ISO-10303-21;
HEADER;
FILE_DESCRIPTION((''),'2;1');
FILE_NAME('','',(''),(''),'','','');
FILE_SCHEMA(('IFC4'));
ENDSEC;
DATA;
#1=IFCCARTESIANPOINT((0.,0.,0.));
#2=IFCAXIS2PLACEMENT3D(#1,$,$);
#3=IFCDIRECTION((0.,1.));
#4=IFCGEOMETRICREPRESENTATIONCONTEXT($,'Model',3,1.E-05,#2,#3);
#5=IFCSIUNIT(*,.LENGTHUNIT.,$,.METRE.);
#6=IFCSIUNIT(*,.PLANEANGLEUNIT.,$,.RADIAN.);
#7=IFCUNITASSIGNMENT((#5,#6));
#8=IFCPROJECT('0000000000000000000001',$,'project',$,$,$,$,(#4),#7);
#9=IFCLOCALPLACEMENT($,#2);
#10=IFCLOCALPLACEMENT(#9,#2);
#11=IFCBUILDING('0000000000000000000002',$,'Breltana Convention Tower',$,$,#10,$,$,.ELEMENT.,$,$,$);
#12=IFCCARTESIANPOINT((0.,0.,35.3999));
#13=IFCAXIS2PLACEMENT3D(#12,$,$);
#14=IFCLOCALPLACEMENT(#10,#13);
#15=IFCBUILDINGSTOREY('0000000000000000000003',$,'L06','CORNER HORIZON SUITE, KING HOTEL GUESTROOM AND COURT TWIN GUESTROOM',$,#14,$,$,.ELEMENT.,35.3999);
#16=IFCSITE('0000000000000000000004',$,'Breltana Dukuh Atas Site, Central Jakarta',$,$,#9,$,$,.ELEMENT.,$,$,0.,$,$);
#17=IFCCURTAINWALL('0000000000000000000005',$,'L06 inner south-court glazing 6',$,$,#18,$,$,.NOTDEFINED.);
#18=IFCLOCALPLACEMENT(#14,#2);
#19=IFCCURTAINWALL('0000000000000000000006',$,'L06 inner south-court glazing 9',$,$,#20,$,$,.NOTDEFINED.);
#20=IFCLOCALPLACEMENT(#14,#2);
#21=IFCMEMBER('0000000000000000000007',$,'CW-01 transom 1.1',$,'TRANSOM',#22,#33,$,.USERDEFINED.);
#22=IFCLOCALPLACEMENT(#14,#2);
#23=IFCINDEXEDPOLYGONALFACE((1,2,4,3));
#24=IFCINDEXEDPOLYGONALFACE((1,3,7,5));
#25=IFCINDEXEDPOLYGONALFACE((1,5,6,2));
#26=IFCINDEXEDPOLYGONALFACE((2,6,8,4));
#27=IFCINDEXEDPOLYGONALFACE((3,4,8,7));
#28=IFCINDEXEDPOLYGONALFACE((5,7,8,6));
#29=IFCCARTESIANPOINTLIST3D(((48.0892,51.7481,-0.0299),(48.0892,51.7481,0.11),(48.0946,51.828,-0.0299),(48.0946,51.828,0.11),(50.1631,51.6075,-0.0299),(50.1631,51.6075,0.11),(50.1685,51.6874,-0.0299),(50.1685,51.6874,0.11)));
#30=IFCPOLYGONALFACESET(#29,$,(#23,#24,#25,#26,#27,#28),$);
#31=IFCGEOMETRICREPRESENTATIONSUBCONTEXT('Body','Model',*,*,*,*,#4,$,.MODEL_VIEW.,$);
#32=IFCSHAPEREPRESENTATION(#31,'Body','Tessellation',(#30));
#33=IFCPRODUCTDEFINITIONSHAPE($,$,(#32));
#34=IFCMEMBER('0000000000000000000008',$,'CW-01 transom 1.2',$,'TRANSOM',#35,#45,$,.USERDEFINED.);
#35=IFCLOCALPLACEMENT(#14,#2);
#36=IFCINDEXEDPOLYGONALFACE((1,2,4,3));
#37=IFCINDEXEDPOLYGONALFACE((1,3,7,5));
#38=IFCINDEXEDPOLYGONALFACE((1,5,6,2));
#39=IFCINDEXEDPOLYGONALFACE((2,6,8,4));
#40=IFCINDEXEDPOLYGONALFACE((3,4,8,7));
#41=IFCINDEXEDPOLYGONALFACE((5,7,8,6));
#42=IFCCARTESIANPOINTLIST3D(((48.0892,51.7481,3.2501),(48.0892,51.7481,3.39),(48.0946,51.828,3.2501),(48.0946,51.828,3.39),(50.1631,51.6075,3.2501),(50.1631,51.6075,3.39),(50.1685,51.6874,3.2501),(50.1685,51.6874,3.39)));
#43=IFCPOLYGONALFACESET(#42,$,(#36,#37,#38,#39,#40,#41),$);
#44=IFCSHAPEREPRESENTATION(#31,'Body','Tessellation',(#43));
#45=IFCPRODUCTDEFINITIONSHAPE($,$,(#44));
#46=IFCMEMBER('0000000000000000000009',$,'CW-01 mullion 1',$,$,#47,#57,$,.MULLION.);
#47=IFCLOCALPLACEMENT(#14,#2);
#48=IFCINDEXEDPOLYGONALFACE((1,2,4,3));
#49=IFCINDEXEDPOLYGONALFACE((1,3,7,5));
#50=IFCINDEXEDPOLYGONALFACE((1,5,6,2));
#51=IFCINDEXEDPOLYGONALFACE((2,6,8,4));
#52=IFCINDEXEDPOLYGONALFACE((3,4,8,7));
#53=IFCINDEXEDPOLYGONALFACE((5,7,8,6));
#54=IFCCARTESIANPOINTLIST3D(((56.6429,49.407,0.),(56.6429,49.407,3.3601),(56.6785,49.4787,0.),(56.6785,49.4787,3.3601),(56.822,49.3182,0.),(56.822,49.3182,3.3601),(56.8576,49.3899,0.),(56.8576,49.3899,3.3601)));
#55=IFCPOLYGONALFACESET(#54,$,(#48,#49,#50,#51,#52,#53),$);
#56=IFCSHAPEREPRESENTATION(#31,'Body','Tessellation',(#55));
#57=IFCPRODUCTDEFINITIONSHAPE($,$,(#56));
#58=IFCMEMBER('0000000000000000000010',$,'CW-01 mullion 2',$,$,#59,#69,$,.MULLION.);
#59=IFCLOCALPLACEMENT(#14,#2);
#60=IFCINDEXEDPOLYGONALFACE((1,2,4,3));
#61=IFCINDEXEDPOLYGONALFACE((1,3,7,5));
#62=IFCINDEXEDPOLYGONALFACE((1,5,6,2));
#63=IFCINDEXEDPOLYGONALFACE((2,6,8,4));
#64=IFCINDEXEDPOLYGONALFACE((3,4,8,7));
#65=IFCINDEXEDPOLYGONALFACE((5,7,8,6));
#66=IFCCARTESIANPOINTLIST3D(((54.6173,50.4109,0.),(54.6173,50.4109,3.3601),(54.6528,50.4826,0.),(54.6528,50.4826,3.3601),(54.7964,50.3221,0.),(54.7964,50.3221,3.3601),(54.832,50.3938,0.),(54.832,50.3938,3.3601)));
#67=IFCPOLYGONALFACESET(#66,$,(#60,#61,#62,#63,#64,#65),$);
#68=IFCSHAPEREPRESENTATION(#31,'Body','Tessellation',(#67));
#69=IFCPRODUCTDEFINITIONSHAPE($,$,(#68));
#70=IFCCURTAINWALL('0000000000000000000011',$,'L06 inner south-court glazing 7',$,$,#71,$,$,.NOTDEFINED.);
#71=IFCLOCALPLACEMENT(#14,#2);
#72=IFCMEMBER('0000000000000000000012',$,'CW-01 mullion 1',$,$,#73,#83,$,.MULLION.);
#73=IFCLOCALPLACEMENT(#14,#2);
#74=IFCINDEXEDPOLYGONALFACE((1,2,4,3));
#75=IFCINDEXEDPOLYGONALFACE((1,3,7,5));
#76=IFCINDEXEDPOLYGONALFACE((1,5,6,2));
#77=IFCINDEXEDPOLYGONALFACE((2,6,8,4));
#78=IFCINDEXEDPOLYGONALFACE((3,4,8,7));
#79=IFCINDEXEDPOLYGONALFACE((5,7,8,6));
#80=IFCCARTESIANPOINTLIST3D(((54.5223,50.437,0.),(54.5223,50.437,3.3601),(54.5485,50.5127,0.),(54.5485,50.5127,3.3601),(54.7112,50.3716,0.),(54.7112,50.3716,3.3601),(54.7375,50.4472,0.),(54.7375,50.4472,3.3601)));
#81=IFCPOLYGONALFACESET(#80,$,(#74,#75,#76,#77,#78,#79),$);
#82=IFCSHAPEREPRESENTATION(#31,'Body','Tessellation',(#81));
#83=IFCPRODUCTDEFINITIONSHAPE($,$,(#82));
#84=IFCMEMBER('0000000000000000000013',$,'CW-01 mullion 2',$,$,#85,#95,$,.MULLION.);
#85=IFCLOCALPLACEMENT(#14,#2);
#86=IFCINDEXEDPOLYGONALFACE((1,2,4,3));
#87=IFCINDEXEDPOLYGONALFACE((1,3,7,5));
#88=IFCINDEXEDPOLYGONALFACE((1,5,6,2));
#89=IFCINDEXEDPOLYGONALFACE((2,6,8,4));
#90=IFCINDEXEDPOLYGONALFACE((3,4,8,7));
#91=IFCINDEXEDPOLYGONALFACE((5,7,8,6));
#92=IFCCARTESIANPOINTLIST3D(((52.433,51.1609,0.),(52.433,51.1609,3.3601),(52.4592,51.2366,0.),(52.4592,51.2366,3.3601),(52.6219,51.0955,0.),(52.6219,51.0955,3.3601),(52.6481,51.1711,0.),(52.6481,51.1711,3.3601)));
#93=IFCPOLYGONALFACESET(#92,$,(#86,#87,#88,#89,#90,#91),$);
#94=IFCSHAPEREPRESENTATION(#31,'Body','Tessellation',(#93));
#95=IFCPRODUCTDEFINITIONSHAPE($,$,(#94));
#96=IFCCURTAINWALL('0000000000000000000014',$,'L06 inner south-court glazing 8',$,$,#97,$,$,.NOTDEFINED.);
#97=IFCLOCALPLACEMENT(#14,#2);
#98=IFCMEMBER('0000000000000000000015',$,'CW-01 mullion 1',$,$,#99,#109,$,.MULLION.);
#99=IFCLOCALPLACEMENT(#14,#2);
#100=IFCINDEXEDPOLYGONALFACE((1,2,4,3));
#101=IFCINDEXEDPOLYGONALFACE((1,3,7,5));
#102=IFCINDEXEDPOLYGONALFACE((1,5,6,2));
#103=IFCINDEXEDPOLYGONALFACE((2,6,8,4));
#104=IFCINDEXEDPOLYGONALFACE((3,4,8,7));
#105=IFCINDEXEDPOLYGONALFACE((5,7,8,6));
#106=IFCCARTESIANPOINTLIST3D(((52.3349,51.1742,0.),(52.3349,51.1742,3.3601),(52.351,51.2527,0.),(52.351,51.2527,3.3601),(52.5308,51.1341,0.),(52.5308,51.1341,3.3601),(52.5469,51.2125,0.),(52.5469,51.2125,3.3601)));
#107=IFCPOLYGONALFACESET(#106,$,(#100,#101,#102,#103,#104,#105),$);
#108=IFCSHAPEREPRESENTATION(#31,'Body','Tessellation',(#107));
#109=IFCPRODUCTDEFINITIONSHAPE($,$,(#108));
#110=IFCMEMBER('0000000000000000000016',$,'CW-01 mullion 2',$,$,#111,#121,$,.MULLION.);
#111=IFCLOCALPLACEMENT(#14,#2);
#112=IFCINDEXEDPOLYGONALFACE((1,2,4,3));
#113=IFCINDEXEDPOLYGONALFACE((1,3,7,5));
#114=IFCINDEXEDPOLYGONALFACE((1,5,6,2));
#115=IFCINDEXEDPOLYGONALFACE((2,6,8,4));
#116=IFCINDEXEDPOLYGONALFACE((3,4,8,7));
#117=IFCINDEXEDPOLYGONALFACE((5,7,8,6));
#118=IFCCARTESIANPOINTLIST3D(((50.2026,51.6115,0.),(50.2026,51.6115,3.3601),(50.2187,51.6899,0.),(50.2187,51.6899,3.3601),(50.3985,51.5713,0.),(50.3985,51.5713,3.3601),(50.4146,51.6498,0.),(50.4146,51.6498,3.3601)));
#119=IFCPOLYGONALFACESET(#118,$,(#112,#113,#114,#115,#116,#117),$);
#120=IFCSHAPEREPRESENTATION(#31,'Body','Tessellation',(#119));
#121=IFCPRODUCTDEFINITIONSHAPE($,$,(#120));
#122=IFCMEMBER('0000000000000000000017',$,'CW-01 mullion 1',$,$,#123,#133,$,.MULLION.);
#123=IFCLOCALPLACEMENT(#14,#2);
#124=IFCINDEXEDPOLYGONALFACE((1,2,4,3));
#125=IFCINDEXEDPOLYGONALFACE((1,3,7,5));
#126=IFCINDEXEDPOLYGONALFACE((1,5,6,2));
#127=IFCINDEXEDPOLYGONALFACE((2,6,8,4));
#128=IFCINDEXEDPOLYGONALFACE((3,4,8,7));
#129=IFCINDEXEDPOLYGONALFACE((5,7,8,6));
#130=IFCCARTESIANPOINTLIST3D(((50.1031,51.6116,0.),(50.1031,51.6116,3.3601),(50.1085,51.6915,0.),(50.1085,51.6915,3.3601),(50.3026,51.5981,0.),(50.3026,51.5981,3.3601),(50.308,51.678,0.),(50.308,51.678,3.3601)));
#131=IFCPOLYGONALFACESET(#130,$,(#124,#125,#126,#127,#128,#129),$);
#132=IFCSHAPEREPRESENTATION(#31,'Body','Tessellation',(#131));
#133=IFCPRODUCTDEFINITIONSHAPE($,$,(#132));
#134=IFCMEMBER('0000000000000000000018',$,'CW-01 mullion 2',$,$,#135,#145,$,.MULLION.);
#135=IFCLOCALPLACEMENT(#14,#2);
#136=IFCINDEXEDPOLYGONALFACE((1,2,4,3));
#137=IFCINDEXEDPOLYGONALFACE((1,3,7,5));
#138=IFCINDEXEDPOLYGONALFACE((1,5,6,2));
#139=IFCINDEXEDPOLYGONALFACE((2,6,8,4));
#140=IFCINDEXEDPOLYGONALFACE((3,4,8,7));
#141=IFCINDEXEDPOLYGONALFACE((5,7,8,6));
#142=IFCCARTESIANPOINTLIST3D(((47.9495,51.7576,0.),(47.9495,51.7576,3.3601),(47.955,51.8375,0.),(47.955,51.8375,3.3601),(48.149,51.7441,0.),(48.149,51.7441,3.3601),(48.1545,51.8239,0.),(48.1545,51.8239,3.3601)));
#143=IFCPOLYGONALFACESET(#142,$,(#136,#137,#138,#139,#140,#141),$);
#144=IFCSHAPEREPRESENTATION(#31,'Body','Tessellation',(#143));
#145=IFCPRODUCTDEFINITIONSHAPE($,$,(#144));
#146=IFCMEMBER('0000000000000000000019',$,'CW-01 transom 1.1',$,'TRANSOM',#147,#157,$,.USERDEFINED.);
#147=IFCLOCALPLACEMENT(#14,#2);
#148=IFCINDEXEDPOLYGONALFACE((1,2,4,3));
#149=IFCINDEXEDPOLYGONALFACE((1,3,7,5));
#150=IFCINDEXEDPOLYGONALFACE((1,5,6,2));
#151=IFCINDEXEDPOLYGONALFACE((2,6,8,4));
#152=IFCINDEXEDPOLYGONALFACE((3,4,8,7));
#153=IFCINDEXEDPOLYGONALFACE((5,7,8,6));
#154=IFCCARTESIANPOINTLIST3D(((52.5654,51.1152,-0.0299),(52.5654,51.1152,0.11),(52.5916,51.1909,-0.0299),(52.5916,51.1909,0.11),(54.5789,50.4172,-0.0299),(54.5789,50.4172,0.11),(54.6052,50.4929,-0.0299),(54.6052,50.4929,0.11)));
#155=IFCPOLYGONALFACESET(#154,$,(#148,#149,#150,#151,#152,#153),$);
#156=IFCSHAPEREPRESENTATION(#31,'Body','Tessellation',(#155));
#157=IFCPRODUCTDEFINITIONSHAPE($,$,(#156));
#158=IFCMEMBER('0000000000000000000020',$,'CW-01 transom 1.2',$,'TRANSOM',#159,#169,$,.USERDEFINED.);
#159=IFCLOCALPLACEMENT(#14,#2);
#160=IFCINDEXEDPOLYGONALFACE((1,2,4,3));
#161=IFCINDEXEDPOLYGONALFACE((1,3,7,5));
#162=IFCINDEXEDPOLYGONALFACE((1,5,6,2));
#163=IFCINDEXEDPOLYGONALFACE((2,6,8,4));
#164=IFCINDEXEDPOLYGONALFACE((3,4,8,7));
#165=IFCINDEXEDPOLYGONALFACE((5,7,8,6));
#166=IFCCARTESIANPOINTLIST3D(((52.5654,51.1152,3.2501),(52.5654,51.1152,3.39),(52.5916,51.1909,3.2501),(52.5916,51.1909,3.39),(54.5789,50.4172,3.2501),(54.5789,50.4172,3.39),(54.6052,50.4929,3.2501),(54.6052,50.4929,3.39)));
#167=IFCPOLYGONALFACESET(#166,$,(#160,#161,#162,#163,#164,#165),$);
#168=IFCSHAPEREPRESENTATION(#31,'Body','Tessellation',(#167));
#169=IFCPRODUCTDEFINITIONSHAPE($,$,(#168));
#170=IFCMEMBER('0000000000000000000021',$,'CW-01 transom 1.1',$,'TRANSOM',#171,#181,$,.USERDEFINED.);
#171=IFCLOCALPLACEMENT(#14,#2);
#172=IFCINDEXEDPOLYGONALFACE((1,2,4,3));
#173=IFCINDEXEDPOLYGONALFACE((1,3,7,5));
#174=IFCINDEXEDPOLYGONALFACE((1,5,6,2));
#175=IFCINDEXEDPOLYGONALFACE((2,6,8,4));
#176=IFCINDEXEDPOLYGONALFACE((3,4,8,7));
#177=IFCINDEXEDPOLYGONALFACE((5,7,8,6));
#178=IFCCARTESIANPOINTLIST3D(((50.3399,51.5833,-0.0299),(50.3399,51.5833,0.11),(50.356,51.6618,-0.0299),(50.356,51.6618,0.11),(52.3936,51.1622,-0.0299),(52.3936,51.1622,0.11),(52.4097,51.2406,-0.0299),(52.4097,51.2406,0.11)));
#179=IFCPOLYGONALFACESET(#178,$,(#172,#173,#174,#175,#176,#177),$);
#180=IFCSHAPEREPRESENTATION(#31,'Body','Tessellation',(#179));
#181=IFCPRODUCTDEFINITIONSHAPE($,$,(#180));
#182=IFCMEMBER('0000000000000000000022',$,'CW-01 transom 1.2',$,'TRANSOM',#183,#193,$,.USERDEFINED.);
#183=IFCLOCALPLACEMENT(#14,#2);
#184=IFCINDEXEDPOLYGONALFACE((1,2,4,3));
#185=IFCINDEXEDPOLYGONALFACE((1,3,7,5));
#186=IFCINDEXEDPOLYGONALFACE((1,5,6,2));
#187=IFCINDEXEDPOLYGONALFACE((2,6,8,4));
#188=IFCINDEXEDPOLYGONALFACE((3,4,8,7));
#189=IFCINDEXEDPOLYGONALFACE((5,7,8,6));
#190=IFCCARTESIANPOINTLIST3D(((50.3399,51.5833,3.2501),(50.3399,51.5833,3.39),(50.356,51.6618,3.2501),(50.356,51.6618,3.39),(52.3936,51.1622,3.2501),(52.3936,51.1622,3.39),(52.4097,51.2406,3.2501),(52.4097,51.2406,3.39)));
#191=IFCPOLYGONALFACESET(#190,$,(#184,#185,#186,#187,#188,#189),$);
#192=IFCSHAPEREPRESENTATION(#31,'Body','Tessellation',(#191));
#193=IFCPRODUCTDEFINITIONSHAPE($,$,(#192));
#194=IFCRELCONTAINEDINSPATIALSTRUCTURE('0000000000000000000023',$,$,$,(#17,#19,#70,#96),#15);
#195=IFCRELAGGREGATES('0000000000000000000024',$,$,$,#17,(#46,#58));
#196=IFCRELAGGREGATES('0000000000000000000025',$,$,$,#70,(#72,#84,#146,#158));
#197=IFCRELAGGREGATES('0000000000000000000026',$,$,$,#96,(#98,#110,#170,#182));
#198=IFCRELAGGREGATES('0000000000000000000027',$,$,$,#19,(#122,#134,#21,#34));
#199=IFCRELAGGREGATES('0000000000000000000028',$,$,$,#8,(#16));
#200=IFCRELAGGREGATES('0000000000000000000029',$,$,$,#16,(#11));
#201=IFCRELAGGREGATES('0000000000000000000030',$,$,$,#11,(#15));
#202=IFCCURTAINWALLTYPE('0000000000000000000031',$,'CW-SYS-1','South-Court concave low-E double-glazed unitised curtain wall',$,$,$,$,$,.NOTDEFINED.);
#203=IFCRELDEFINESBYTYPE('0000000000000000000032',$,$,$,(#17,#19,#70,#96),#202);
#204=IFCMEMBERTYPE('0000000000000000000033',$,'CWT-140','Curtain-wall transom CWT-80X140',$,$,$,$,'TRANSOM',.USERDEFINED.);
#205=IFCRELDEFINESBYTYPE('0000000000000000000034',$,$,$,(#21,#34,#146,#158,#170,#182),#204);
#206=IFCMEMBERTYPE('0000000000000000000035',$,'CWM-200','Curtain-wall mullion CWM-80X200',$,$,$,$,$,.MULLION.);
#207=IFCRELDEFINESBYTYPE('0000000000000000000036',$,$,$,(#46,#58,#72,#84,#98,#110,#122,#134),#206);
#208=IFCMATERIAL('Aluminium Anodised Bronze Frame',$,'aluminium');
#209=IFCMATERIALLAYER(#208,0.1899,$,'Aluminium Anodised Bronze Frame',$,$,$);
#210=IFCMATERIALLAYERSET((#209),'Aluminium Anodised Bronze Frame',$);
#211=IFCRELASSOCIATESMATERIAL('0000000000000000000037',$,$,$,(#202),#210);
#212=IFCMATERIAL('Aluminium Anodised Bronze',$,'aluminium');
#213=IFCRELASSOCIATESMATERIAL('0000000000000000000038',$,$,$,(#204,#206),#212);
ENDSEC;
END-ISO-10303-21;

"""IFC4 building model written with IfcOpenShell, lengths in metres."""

from ifc_helpers import new_model, si_unit, direction, frame, origin, origin_2d, place, context, subcontext, project, spatial, rectangle, extrude, source, transform, mapped, material, layer, layer_set, material_profile, profile_set, type_object, element, aggregate, save


model = new_model("IFC4")

# Units and contexts
model_context = context("Model", 3, precision=1e-05, world=origin(), true_north=direction((0.0, 1.0)))
body_context = subcontext(model_context, "Body", "Model", "MODEL_VIEW")
ifc_project = project(units=[si_unit("LENGTHUNIT", "METRE"), si_unit("PLANEANGLEUNIT", "RADIAN")], contexts=[model_context])

# Site, building, storey
site_placement = place(None, origin())
site = spatial("IfcSite", under=ifc_project, at=site_placement, Name="Breltana Dukuh Atas Site, Central Jakarta", CompositionType="ELEMENT", RefElevation=0.0)
building_placement = place(site_placement, origin())
building = spatial("IfcBuilding", under=site, at=building_placement, Name="Breltana Convention Tower", CompositionType="ELEMENT")
storey_placement = place(building_placement, frame((0.0, 0.0, 35.3999)))
storey = spatial("IfcBuildingStorey", under=building, at=storey_placement, Name="L06", Description="CORNER HORIZON SUITE, KING HOTEL GUESTROOM AND COURT TWIN GUESTROOM", CompositionType="ELEMENT", Elevation=35.3999)

# Curtain walls, members
ifc_material_1 = material(Name="Aluminium Anodised Bronze Frame", Category="aluminium")
ifc_layer_1 = layer(ifc_material_1, 0.1899, Name="Aluminium Anodised Bronze Frame")
ifc_layer_set_1 = layer_set([ifc_layer_1], Name="Aluminium Anodised Bronze Frame")
curtain_wall_type = type_object("IfcCurtainWallType", Name="CW-SYS-1", Description="South-Court concave low-E double-glazed unitised curtain wall", PredefinedType="NOTDEFINED", material=ifc_layer_set_1)
curtain_wall_1_placement = place(storey_placement, origin())
curtain_wall_1 = element("IfcCurtainWall", 1, at=curtain_wall_1_placement, inside=storey, type_object=curtain_wall_type, Name="L06 inner south-court glazing 6", PredefinedType="NOTDEFINED")
ifc_material_2 = material(Name="Aluminium Anodised Bronze", Category="aluminium")
ifc_material_profile_1 = material_profile(ifc_material_2, rectangle(XDim=0.0801, YDim=0.1399, at=origin_2d()), Name="CWT-80X140")
ifc_profile_set_1 = profile_set([ifc_material_profile_1], Name="Aluminium Anodised Bronze")
member_type_1 = type_object("IfcMemberType", Name="CWT-140", Description="Curtain-wall transom CWT-80X140", ElementType="TRANSOM", PredefinedType="USERDEFINED", material=ifc_profile_set_1)
curtain_wall_2_placement = place(storey_placement, origin())
curtain_wall_2 = element("IfcCurtainWall", 2, at=curtain_wall_2_placement, inside=storey, type_object=curtain_wall_type, Name="L06 inner south-court glazing 9", PredefinedType="NOTDEFINED")
shared_shape_1 = source(origin(), body_context, "Body", "SweptSolid", [
    extrude(rectangle(XDim=0.0801, YDim=0.1399, at=origin_2d()), origin(), (0.0, 0.0, 1.0), 2.0786),
])
member_1_placement = place(storey_placement, frame((50.1658, 51.6475, 0.04), z_axis=(-0.997709, 0.067657, 0.0), x_axis=(-0.067657, -0.997709, 0.0)))
member_1 = element("IfcMember", 3, at=member_1_placement, type_object=member_type_1, Name="CW-01 transom 1.1", ObjectType="TRANSOM", PredefinedType="USERDEFINED", context=body_context, shape_type="MappedRepresentation", body=[
    mapped(shared_shape_1, transform((0.0, 0.0, 0.0), scale=1.0)),
])
member_2_placement = place(storey_placement, frame((50.1658, 51.6475, 3.3201), z_axis=(-0.997709, 0.067657, 0.0), x_axis=(-0.067657, -0.997709, 0.0)))
member_2 = element("IfcMember", 4, at=member_2_placement, type_object=member_type_1, Name="CW-01 transom 1.2", ObjectType="TRANSOM", PredefinedType="USERDEFINED", context=body_context, shape_type="MappedRepresentation", body=[
    mapped(shared_shape_1, transform((0.0, 0.0, 0.0), scale=1.0)),
])

# Members
ifc_material_profile_2 = material_profile(ifc_material_2, rectangle(XDim=0.0801, YDim=0.2, at=origin_2d()), Name="CWM-80X200")
ifc_profile_set_2 = profile_set([ifc_material_profile_2], Name="Aluminium Anodised Bronze")
member_type_2 = type_object("IfcMemberType", Name="CWM-200", Description="Curtain-wall mullion CWM-80X200", PredefinedType="MULLION", material=ifc_profile_set_2)
shared_shape_2 = source(origin(), body_context, "Body", "SweptSolid", [
    extrude(rectangle(XDim=0.0801, YDim=0.2, at=origin_2d()), origin(), (0.0, 0.0, 1.0), 3.3601),
])
member_3_placement = place(storey_placement, frame((56.7502, 49.3984, 0.0), z_axis=(0.0, 0.0, 1.0), x_axis=(-0.444118, -0.895968, 0.0)))
member_3 = element("IfcMember", 5, at=member_3_placement, type_object=member_type_2, Name="CW-01 mullion 1", PredefinedType="MULLION", context=body_context, shape_type="MappedRepresentation", body=[
    mapped(shared_shape_2, transform((0.0, 0.0, 0.0), scale=1.0)),
])
member_4_placement = place(storey_placement, frame((54.7246, 50.4023, 0.0), z_axis=(0.0, 0.0, 1.0), x_axis=(-0.444118, -0.895968, 0.0)))
member_4 = element("IfcMember", 6, at=member_4_placement, type_object=member_type_2, Name="CW-01 mullion 2", PredefinedType="MULLION", context=body_context, shape_type="MappedRepresentation", body=[
    mapped(shared_shape_2, transform((0.0, 0.0, 0.0), scale=1.0)),
])

# Curtain walls, members
curtain_wall_3_placement = place(storey_placement, origin())
curtain_wall_3 = element("IfcCurtainWall", 7, at=curtain_wall_3_placement, inside=storey, type_object=curtain_wall_type, Name="L06 inner south-court glazing 7", PredefinedType="NOTDEFINED")
member_5_placement = place(storey_placement, frame((54.6299, 50.4421, 0.0), z_axis=(0.0, 0.0, 1.0), x_axis=(-0.327413, -0.944881, 0.0)))
member_5 = element("IfcMember", 8, at=member_5_placement, type_object=member_type_2, Name="CW-01 mullion 1", PredefinedType="MULLION", context=body_context, shape_type="MappedRepresentation", body=[
    mapped(shared_shape_2, transform((0.0, 0.0, 0.0), scale=1.0)),
])
member_6_placement = place(storey_placement, frame((52.5405, 51.166, 0.0), z_axis=(0.0, 0.0, 1.0), x_axis=(-0.327413, -0.944881, 0.0)))
member_6 = element("IfcMember", 9, at=member_6_placement, type_object=member_type_2, Name="CW-01 mullion 2", PredefinedType="MULLION", context=body_context, shape_type="MappedRepresentation", body=[
    mapped(shared_shape_2, transform((0.0, 0.0, 0.0), scale=1.0)),
])
curtain_wall_4_placement = place(storey_placement, origin())
curtain_wall_4 = element("IfcCurtainWall", 10, at=curtain_wall_4_placement, inside=storey, type_object=curtain_wall_type, Name="L06 inner south-court glazing 8", PredefinedType="NOTDEFINED")
member_7_placement = place(storey_placement, frame((52.4409, 51.1934, 0.0), z_axis=(0.0, 0.0, 1.0), x_axis=(-0.200886, -0.979615, 0.0)))
member_7 = element("IfcMember", 11, at=member_7_placement, type_object=member_type_2, Name="CW-01 mullion 1", PredefinedType="MULLION", context=body_context, shape_type="MappedRepresentation", body=[
    mapped(shared_shape_2, transform((0.0, 0.0, 0.0), scale=1.0)),
])
member_8_placement = place(storey_placement, frame((50.3086, 51.6306, 0.0), z_axis=(0.0, 0.0, 1.0), x_axis=(-0.200886, -0.979615, 0.0)))
member_8 = element("IfcMember", 12, at=member_8_placement, type_object=member_type_2, Name="CW-01 mullion 2", PredefinedType="MULLION", context=body_context, shape_type="MappedRepresentation", body=[
    mapped(shared_shape_2, transform((0.0, 0.0, 0.0), scale=1.0)),
])

# Members
member_9_placement = place(storey_placement, frame((50.2056, 51.6448, 0.0), z_axis=(0.0, 0.0, 1.0), x_axis=(-0.067726, -0.997704, 0.0)))
member_9 = element("IfcMember", 13, at=member_9_placement, type_object=member_type_2, Name="CW-01 mullion 1", PredefinedType="MULLION", context=body_context, shape_type="MappedRepresentation", body=[
    mapped(shared_shape_2, transform((0.0, 0.0, 0.0), scale=1.0)),
])
member_10_placement = place(storey_placement, frame((48.052, 51.7908, 0.0), z_axis=(0.0, 0.0, 1.0), x_axis=(-0.067726, -0.997704, 0.0)))
member_10 = element("IfcMember", 14, at=member_10_placement, type_object=member_type_2, Name="CW-01 mullion 2", PredefinedType="MULLION", context=body_context, shape_type="MappedRepresentation", body=[
    mapped(shared_shape_2, transform((0.0, 0.0, 0.0), scale=1.0)),
])
shared_shape_3 = source(origin(), body_context, "Body", "SweptSolid", [
    extrude(rectangle(XDim=0.0801, YDim=0.1399, at=origin_2d()), origin(), (0.0, 0.0, 1.0), 2.1311),
])
member_11_placement = place(storey_placement, frame((54.592, 50.4551, 0.04), z_axis=(-0.944847, 0.327512, 0.0), x_axis=(-0.327512, -0.944847, 0.0)))
member_11 = element("IfcMember", 15, at=member_11_placement, type_object=member_type_1, Name="CW-01 transom 1.1", ObjectType="TRANSOM", PredefinedType="USERDEFINED", context=body_context, shape_type="MappedRepresentation", body=[
    mapped(shared_shape_3, transform((0.0, 0.0, 0.0), scale=1.0)),
])
member_12_placement = place(storey_placement, frame((54.592, 50.4551, 3.3201), z_axis=(-0.944847, 0.327512, 0.0), x_axis=(-0.327512, -0.944847, 0.0)))
member_12 = element("IfcMember", 16, at=member_12_placement, type_object=member_type_1, Name="CW-01 transom 1.2", ObjectType="TRANSOM", PredefinedType="USERDEFINED", context=body_context, shape_type="MappedRepresentation", body=[
    mapped(shared_shape_3, transform((0.0, 0.0, 0.0), scale=1.0)),
])
shared_shape_4 = source(origin(), body_context, "Body", "SweptSolid", [
    extrude(rectangle(XDim=0.0801, YDim=0.1399, at=origin_2d()), origin(), (0.0, 0.0, 1.0), 2.0964),
])
member_13_placement = place(storey_placement, frame((52.4016, 51.2014, 0.04), z_axis=(-0.979615, 0.200884, 0.0), x_axis=(-0.200884, -0.979615, 0.0)))
member_13 = element("IfcMember", 17, at=member_13_placement, type_object=member_type_1, Name="CW-01 transom 1.1", ObjectType="TRANSOM", PredefinedType="USERDEFINED", context=body_context, shape_type="MappedRepresentation", body=[
    mapped(shared_shape_4, transform((0.0, 0.0, 0.0), scale=1.0)),
])
member_14_placement = place(storey_placement, frame((52.4016, 51.2014, 3.3201), z_axis=(-0.979615, 0.200884, 0.0), x_axis=(-0.200884, -0.979615, 0.0)))
member_14 = element("IfcMember", 18, at=member_14_placement, type_object=member_type_1, Name="CW-01 transom 1.2", ObjectType="TRANSOM", PredefinedType="USERDEFINED", context=body_context, shape_type="MappedRepresentation", body=[
    mapped(shared_shape_4, transform((0.0, 0.0, 0.0), scale=1.0)),
])

aggregate(curtain_wall_1, [member_3, member_4])
aggregate(curtain_wall_3, [member_5, member_6, member_11, member_12])
aggregate(curtain_wall_4, [member_7, member_8, member_13, member_14])
aggregate(curtain_wall_2, [member_9, member_10, member_1, member_2])

save(model, "model.ifc")
